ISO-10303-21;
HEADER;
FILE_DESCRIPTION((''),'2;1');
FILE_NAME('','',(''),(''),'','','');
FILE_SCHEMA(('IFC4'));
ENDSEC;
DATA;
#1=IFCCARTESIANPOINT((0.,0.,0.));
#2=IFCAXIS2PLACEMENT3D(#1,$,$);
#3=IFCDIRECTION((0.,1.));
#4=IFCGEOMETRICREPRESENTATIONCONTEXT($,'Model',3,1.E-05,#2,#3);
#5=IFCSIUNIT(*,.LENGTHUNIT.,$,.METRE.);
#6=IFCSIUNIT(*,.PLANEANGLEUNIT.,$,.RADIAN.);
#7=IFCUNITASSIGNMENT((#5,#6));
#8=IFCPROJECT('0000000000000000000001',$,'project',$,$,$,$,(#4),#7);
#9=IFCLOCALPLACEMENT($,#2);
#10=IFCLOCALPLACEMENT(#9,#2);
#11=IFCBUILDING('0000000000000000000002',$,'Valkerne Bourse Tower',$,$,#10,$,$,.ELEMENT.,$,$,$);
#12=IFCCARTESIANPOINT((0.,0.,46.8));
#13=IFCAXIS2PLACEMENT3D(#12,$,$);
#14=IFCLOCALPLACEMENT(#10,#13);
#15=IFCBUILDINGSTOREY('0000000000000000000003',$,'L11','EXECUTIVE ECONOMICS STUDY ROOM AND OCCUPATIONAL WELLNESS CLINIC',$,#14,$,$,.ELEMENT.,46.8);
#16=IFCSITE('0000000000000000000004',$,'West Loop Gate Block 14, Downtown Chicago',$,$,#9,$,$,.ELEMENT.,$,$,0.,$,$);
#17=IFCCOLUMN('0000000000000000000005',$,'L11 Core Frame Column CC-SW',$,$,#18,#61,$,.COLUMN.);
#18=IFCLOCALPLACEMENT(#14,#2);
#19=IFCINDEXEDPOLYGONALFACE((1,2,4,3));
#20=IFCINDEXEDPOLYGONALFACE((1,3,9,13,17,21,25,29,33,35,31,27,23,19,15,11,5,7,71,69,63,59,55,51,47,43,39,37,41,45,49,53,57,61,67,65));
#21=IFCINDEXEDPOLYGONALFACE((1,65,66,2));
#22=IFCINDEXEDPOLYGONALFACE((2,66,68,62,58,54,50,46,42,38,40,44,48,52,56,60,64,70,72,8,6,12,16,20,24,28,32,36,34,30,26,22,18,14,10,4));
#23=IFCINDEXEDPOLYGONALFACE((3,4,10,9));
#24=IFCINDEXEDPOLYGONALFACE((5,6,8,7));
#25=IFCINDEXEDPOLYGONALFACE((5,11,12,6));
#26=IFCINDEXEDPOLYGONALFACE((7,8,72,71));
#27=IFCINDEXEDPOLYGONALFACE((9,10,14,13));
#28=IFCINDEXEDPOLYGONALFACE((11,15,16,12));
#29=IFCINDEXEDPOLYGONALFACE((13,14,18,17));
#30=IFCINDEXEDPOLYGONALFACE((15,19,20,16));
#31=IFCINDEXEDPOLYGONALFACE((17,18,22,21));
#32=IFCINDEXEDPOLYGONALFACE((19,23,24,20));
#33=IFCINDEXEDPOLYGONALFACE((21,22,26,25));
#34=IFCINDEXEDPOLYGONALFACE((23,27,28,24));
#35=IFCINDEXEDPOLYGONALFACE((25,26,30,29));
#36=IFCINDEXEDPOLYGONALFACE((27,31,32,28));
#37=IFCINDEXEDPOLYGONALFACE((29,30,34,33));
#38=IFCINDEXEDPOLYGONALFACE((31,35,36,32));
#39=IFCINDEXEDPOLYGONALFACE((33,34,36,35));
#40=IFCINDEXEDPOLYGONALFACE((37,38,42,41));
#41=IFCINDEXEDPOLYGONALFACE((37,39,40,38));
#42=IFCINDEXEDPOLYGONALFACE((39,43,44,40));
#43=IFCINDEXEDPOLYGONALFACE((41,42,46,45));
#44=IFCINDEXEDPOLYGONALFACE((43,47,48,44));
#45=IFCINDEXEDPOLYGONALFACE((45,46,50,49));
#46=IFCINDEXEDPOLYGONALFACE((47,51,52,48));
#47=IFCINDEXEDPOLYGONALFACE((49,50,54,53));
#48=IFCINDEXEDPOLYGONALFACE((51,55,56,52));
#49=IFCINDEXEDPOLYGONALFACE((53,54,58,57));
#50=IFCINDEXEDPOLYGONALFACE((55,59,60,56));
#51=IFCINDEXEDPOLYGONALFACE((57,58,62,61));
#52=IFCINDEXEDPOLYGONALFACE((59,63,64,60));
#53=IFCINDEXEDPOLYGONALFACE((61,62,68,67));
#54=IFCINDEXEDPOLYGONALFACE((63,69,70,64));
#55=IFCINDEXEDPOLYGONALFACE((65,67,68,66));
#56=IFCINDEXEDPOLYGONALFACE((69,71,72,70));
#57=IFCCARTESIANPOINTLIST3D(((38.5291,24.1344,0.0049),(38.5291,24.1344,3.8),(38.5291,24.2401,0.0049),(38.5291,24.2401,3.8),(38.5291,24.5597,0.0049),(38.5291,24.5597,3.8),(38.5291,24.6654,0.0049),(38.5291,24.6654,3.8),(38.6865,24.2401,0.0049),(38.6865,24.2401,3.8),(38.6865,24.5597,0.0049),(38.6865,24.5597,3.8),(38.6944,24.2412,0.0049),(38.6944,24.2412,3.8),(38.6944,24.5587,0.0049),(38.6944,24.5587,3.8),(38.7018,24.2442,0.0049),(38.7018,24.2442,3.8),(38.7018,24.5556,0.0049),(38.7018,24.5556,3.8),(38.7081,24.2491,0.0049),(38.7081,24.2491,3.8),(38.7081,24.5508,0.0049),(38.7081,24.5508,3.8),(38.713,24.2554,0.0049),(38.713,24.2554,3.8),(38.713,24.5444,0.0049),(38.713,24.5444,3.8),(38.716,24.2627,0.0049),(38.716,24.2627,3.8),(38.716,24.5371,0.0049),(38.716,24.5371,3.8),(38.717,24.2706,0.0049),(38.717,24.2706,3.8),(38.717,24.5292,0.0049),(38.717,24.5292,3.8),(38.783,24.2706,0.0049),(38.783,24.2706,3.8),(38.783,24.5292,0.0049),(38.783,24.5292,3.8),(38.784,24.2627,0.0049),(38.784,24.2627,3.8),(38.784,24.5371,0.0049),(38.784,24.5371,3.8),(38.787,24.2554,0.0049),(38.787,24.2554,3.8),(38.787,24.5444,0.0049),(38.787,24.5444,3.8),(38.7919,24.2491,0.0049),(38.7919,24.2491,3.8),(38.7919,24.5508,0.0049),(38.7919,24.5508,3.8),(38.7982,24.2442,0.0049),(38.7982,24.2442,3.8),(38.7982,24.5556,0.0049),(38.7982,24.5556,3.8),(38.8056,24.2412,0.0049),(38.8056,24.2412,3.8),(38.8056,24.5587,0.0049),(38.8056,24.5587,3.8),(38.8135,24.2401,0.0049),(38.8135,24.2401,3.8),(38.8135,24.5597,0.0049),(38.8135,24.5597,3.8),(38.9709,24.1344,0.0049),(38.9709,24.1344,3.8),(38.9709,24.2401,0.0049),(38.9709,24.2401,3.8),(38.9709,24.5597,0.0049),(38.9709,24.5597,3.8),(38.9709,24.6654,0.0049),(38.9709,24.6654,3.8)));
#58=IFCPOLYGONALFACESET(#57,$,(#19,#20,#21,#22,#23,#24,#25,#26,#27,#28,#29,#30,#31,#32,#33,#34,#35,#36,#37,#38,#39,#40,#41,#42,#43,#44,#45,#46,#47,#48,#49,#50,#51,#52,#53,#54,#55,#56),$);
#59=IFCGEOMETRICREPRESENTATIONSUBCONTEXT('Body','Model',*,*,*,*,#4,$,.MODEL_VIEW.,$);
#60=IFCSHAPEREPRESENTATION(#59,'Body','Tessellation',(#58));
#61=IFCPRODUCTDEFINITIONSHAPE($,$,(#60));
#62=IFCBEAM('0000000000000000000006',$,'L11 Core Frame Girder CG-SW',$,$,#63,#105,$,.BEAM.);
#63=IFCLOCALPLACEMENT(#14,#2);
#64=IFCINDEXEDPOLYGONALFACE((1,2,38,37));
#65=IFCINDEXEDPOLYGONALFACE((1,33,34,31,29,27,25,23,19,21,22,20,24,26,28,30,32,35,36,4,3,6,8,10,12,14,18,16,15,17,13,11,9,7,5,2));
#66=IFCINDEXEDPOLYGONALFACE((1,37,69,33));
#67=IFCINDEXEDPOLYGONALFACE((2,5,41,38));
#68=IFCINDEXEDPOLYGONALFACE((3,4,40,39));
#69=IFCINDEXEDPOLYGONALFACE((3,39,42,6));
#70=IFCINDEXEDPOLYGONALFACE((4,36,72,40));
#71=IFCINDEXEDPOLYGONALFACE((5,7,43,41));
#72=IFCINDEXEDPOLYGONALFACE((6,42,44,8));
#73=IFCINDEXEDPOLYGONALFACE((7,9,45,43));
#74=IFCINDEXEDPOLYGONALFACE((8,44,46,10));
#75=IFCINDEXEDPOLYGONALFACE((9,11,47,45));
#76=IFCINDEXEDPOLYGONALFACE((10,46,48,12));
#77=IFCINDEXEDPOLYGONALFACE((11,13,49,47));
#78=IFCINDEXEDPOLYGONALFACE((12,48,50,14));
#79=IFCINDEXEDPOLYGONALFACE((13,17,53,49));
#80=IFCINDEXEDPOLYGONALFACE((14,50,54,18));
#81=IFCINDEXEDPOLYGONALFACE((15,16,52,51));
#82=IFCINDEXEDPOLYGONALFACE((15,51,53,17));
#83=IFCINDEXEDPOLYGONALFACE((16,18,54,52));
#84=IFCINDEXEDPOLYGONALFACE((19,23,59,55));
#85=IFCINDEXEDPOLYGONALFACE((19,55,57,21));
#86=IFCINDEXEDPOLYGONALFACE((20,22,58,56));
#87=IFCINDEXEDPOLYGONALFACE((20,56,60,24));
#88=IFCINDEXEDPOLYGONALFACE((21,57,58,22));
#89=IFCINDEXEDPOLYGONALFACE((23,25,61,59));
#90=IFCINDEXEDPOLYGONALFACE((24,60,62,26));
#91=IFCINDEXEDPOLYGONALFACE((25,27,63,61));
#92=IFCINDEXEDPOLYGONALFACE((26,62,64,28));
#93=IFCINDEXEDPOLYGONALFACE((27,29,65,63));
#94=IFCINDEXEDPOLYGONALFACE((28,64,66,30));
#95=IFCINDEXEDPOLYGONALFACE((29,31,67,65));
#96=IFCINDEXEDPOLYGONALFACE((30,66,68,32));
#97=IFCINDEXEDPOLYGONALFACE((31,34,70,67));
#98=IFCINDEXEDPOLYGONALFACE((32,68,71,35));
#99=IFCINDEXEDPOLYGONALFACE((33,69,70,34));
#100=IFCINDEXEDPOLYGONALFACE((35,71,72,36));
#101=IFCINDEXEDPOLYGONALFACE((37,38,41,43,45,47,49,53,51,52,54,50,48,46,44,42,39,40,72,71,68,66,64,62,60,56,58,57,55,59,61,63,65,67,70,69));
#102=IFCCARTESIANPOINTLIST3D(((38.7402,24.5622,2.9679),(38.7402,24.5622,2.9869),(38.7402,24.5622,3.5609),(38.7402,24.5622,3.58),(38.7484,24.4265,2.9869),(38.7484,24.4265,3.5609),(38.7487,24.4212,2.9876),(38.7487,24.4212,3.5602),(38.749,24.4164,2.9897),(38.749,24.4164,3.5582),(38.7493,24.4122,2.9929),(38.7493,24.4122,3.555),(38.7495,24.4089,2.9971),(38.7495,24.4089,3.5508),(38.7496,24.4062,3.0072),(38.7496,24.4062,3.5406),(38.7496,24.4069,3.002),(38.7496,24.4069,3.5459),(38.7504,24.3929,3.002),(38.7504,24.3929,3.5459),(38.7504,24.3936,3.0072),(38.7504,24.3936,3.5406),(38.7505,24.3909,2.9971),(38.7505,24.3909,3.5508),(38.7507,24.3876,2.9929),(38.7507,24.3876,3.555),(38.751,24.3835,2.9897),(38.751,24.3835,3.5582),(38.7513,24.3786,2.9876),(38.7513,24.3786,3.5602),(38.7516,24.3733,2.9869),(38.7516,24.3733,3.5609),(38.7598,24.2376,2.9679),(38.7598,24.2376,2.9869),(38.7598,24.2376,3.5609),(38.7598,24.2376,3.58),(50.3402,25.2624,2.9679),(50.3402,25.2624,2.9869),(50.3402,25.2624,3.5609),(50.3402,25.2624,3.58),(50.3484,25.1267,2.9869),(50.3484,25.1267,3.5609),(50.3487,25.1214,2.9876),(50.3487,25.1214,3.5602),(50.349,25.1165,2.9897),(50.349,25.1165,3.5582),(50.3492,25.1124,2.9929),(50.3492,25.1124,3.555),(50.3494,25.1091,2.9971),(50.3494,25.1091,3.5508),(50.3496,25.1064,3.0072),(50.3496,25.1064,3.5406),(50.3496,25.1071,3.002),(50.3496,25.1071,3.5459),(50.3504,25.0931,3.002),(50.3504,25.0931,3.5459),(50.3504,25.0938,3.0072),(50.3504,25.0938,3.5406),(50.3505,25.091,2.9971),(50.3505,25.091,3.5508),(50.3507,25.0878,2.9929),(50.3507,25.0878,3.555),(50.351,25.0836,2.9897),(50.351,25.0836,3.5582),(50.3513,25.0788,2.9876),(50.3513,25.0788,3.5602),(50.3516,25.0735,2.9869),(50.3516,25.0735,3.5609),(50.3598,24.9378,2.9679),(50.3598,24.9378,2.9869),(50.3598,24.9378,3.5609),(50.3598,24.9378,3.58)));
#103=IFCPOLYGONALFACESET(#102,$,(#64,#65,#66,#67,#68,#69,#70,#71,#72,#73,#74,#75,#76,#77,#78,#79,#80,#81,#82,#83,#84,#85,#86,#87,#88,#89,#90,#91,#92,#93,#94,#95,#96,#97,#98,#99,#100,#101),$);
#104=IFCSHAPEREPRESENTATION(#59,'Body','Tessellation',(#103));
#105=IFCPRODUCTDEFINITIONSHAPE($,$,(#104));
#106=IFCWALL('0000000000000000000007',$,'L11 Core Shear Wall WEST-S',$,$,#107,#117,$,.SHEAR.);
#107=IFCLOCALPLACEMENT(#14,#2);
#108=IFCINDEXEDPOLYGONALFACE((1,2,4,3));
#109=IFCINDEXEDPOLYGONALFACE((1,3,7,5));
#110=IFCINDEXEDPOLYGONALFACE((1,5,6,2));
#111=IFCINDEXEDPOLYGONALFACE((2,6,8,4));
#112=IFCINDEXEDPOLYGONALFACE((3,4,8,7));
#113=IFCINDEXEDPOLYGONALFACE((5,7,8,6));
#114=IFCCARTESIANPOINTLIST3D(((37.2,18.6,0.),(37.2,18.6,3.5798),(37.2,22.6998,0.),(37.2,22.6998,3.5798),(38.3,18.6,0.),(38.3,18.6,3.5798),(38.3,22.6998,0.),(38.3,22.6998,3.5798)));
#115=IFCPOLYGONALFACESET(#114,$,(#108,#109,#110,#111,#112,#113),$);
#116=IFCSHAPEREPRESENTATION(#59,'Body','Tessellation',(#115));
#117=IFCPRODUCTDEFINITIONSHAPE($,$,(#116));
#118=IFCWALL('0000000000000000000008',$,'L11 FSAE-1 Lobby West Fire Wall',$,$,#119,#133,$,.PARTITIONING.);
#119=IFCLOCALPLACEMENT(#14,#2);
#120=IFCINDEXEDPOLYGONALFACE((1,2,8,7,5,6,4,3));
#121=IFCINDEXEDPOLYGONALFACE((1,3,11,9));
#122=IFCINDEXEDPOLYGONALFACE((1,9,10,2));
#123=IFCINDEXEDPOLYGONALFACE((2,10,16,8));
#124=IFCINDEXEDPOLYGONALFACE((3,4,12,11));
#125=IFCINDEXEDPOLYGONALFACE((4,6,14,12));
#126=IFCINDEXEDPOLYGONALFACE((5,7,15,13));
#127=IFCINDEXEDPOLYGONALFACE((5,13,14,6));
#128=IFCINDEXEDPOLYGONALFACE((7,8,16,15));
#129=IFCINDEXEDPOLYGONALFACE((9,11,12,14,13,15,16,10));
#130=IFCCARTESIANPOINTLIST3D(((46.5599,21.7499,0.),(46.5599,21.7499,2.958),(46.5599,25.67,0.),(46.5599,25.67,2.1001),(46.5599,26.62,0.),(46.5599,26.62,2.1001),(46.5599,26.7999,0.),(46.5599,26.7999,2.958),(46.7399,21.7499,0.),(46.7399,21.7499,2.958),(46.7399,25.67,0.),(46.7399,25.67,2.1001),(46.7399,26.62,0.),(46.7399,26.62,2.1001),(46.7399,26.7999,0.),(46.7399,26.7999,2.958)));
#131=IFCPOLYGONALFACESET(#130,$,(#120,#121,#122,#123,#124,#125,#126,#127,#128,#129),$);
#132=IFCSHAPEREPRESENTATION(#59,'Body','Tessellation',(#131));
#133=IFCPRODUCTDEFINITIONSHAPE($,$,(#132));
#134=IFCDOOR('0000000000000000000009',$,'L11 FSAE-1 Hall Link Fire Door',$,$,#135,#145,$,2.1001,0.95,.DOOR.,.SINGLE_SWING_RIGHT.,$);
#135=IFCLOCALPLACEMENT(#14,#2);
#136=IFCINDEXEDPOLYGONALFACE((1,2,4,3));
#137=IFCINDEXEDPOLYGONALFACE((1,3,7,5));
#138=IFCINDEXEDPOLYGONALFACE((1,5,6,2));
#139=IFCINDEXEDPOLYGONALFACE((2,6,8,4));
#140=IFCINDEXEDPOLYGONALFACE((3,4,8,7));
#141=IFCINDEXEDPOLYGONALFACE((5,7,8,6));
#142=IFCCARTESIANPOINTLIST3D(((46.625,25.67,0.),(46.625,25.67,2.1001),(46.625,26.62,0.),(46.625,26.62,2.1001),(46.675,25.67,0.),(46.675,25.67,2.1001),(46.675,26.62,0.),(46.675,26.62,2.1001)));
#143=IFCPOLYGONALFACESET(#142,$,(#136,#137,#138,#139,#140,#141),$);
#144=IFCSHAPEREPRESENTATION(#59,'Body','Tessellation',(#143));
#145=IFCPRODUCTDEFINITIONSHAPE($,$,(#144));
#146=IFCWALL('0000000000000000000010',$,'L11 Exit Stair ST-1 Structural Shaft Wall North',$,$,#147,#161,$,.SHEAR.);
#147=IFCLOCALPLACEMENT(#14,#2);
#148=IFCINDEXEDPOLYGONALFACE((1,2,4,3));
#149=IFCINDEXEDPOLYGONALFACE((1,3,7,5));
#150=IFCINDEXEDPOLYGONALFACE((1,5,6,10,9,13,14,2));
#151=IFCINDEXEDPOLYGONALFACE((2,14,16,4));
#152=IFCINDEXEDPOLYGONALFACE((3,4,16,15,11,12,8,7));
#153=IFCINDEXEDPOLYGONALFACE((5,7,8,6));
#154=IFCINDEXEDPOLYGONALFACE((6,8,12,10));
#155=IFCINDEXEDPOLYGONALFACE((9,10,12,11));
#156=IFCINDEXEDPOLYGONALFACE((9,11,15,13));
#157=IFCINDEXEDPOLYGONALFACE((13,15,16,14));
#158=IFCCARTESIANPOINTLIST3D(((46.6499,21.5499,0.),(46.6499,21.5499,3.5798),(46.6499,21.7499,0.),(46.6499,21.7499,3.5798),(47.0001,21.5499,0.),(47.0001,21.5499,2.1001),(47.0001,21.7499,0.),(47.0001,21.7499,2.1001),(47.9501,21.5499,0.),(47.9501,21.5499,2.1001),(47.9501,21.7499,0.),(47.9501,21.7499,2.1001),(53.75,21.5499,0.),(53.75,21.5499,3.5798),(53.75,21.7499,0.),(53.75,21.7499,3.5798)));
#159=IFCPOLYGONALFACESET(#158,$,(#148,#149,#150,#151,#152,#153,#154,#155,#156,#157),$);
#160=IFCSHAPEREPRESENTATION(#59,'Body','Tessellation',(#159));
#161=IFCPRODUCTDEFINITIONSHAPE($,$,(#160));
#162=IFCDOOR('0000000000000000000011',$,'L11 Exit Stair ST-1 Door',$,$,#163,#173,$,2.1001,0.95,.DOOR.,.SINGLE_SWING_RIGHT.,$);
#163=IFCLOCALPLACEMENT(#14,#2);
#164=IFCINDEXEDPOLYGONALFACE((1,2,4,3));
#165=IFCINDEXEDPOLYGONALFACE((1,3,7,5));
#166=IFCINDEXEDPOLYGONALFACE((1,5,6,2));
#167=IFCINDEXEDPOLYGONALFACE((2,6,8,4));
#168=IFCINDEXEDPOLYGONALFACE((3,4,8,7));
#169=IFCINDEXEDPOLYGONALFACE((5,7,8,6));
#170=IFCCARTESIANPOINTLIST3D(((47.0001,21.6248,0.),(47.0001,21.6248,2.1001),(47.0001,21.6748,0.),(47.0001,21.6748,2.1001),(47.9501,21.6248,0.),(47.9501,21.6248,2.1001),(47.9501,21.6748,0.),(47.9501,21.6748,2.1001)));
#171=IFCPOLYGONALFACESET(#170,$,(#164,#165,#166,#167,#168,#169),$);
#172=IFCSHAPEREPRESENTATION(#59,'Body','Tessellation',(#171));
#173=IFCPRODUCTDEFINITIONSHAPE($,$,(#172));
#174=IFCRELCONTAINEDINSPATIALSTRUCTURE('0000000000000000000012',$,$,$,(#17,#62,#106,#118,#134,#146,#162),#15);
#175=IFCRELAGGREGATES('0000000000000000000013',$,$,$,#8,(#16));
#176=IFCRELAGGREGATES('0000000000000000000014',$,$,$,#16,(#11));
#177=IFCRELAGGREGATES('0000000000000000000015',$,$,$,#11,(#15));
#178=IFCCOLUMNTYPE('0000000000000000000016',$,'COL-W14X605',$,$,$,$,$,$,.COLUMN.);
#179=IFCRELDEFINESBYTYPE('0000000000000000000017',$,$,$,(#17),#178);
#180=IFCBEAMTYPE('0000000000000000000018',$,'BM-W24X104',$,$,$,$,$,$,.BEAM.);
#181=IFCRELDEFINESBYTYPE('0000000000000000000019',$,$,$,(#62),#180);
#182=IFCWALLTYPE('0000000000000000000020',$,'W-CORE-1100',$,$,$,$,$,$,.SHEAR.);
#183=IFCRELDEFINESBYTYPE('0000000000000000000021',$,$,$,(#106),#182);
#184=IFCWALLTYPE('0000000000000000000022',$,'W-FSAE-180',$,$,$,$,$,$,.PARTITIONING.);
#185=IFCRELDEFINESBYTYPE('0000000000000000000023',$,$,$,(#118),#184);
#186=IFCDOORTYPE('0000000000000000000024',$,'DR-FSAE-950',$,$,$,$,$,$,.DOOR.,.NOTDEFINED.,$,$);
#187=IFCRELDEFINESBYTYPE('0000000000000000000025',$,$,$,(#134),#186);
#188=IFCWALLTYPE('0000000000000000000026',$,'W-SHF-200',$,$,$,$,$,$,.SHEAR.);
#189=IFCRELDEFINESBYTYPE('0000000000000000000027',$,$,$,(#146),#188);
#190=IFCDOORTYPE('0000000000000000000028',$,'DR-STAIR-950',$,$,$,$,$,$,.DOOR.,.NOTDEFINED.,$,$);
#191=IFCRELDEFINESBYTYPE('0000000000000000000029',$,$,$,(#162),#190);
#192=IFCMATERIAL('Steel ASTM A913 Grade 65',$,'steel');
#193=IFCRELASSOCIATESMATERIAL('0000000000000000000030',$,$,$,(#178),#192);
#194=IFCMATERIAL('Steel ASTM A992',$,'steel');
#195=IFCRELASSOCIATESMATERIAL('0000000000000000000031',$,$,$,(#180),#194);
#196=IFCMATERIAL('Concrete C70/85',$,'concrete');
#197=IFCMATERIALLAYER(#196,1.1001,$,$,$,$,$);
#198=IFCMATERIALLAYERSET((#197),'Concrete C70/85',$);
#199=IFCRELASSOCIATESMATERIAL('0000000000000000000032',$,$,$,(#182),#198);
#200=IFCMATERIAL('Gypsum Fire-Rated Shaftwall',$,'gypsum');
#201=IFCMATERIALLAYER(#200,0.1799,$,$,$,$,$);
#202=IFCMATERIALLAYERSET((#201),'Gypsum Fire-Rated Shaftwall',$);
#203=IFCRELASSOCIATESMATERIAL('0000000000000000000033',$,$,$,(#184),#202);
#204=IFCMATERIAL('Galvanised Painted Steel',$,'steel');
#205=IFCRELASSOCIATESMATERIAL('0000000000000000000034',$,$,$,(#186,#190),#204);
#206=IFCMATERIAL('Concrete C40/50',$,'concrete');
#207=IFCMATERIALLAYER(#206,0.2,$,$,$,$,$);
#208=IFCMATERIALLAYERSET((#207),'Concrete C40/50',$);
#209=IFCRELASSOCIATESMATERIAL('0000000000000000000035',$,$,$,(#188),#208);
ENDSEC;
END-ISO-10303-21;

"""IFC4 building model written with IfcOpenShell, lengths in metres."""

from ifc_helpers import new_model, si_unit, direction, frame, frame_2d, origin, origin_2d, place, context, subcontext, project, spatial, rectangle, i_section, extrude, material, layer, layer_set, material_profile, profile_set, type_object, element, fill, save


model = new_model("IFC4")

# Units and contexts
model_context = context("Model", 3, precision=1e-05, world=origin(), true_north=direction((0.0, 1.0)))
body_context = subcontext(model_context, "Body", "Model", "MODEL_VIEW")
ifc_project = project(units=[si_unit("LENGTHUNIT", "METRE"), si_unit("PLANEANGLEUNIT", "RADIAN")], contexts=[model_context])

# Site, building, storey
site_placement = place(None, origin())
site = spatial("IfcSite", under=ifc_project, at=site_placement, Name="West Loop Gate Block 14, Downtown Chicago", CompositionType="ELEMENT", RefElevation=0.0)
building_placement = place(site_placement, origin())
building = spatial("IfcBuilding", under=site, at=building_placement, Name="Valkerne Bourse Tower", CompositionType="ELEMENT")
storey_placement = place(building_placement, frame((0.0, 0.0, 46.8)))
storey = spatial("IfcBuildingStorey", under=building, at=storey_placement, Name="L11", Description="EXECUTIVE ECONOMICS STUDY ROOM AND OCCUPATIONAL WELLNESS CLINIC", CompositionType="ELEMENT", Elevation=46.8)

# Column
ifc_material_1 = material(Name="Steel ASTM A913 Grade 65", Category="steel")
ifc_material_profile_1 = material_profile(ifc_material_1, i_section(OverallWidth=0.4419, OverallDepth=0.531, WebThickness=0.0659, FlangeThickness=0.1057, FilletRadius=0.0305, at=origin_2d()), Name="W14X605")
ifc_profile_set_1 = profile_set([ifc_material_profile_1], Name="Steel ASTM A913 Grade 65")
column_type = type_object("IfcColumnType", Name="COL-W14X605", PredefinedType="COLUMN", material=ifc_profile_set_1)
column_placement = place(storey_placement, frame((38.75, 24.3999, 0.0049), z_axis=(0.0, 0.0, 1.0), x_axis=(1.0, 0.0, 0.0)))
element("IfcColumn", 1, at=column_placement, inside=storey, type_object=column_type, Name="L11 Core Frame Column CC-SW", PredefinedType="COLUMN", context=body_context, shape_type="SweptSolid", body=[
    extrude(i_section(OverallWidth=0.4419, OverallDepth=0.531, WebThickness=0.0659, FlangeThickness=0.1057, FilletRadius=0.0305, at=origin_2d()), origin(), (0.0, 0.0, 1.0), 3.7952),
])

# Beam
ifc_material_2 = material(Name="Steel ASTM A992", Category="steel")
ifc_material_profile_2 = material_profile(ifc_material_2, i_section(OverallWidth=0.3252, OverallDepth=0.6121, WebThickness=0.0127, FlangeThickness=0.019, FilletRadius=0.0203, at=origin_2d()), Name="W24X104")
ifc_profile_set_2 = profile_set([ifc_material_profile_2], Name="Steel ASTM A992")
beam_type = type_object("IfcBeamType", Name="BM-W24X104", PredefinedType="BEAM", material=ifc_profile_set_2)
beam_placement = place(storey_placement, frame((38.75, 24.3999, 3.2739), z_axis=(0.998183, 0.060251, 0.0), x_axis=(-0.060251, 0.998183, 0.0)))
element("IfcBeam", 2, at=beam_placement, inside=storey, type_object=beam_type, Name="L11 Core Frame Girder CG-SW", PredefinedType="BEAM", context=body_context, shape_type="SweptSolid", body=[
    extrude(i_section(OverallWidth=0.3252, OverallDepth=0.6121, WebThickness=0.0127, FlangeThickness=0.019, FilletRadius=0.0203, at=origin_2d()), origin(), (0.0, 0.0, 1.0), 11.6211),
])

# Shared definitions
ifc_material_3 = material(Name="Concrete C70/85", Category="concrete")
ifc_layer_1 = layer(ifc_material_3, 1.1001)
ifc_layer_set_1 = layer_set([ifc_layer_1], Name="Concrete C70/85")
wall_type_1 = type_object("IfcWallType", Name="W-CORE-1100", PredefinedType="SHEAR", material=ifc_layer_set_1)
ifc_material_4 = material(Name="Galvanised Painted Steel", Category="steel")

# Wall
wall_1_placement = place(storey_placement, frame((37.75, 18.6001, 0.0), z_axis=(0.0, 0.0, 1.0), x_axis=(0.0, 1.0, 0.0)))
element("IfcWall", 3, at=wall_1_placement, inside=storey, type_object=wall_type_1, Name="L11 Core Shear Wall WEST-S", PredefinedType="SHEAR", context=body_context, shape_type="SweptSolid", body=[
    extrude(rectangle(XDim=4.0999, YDim=1.1001, at=frame_2d((2.0498, 0.0))), origin(), (0.0, 0.0, 1.0), 3.5798),
])

# Wall, opening, door
ifc_material_5 = material(Name="Gypsum Fire-Rated Shaftwall", Category="gypsum")
ifc_layer_2 = layer(ifc_material_5, 0.1799)
ifc_layer_set_2 = layer_set([ifc_layer_2], Name="Gypsum Fire-Rated Shaftwall")
wall_type_2 = type_object("IfcWallType", Name="W-FSAE-180", PredefinedType="PARTITIONING", material=ifc_layer_set_2)
wall_2_placement = place(storey_placement, frame((46.6499, 21.75, 0.0), z_axis=(0.0, 0.0, 1.0), x_axis=(0.0, 1.0, 0.0)))
wall_2 = element("IfcWall", 4, at=wall_2_placement, inside=storey, type_object=wall_type_2, Name="L11 FSAE-1 Lobby West Fire Wall", PredefinedType="PARTITIONING", context=body_context, shape_type="SweptSolid", body=[
    extrude(rectangle(XDim=5.05, YDim=0.1799, at=frame_2d((2.5249, 0.0))), origin(), (0.0, 0.0, 1.0), 2.958),
])
opening_1_placement = place(wall_2_placement, frame((3.9199, 0.0, 0.0)))
opening_1 = element("IfcOpeningElement", 5, at=opening_1_placement, cuts=wall_2, PredefinedType="OPENING", context=body_context, shape_type="SweptSolid", body=[
    extrude(rectangle(XDim=0.95, YDim=2.1001, at=frame_2d((0.4751, 1.05))), frame((0.0, 0.0999, 0.0), z_axis=(0.0, -1.0, 0.0), x_axis=(1.0, 0.0, 0.0)), (0.0, 0.0, 1.0), 0.2),
])
door_type_1 = type_object("IfcDoorType", Name="DR-FSAE-950", OperationType="NOTDEFINED", PredefinedType="DOOR", material=ifc_material_4)
door_1_placement = place(opening_1_placement, origin())
door_1 = element("IfcDoor", 6, at=door_1_placement, inside=storey, type_object=door_type_1, Name="L11 FSAE-1 Hall Link Fire Door", OperationType="SINGLE_SWING_RIGHT", OverallHeight=2.1001, OverallWidth=0.95, PredefinedType="DOOR", context=body_context, shape_type="SweptSolid", body=[
    extrude(rectangle(XDim=0.95, YDim=2.1001, at=frame_2d((0.4751, 1.05))), frame((0.0, 0.0249, 0.0), z_axis=(0.0, -1.0, 0.0), x_axis=(1.0, 0.0, 0.0)), (0.0, 0.0, 1.0), 0.05),
])
fill(opening_1, door_1)

# Wall, opening, door
ifc_material_6 = material(Name="Concrete C40/50", Category="concrete")
ifc_layer_3 = layer(ifc_material_6, 0.2)
ifc_layer_set_3 = layer_set([ifc_layer_3], Name="Concrete C40/50")
wall_type_3 = type_object("IfcWallType", Name="W-SHF-200", PredefinedType="SHEAR", material=ifc_layer_set_3)
wall_3_placement = place(storey_placement, frame((46.6499, 21.6499, 0.0), z_axis=(0.0, 0.0, 1.0), x_axis=(1.0, 0.0, 0.0)))
wall_3 = element("IfcWall", 7, at=wall_3_placement, inside=storey, type_object=wall_type_3, Name="L11 Exit Stair ST-1 Structural Shaft Wall North", PredefinedType="SHEAR", context=body_context, shape_type="SweptSolid", body=[
    extrude(rectangle(XDim=7.1001, YDim=0.2, at=frame_2d((3.55, 0.0))), origin(), (0.0, 0.0, 1.0), 3.5798),
])
opening_2_placement = place(wall_3_placement, frame((0.3501, 0.0, 0.0)))
opening_2 = element("IfcOpeningElement", 8, at=opening_2_placement, cuts=wall_3, PredefinedType="OPENING", context=body_context, shape_type="SweptSolid", body=[
    extrude(rectangle(XDim=0.95, YDim=2.1001, at=frame_2d((0.4751, 1.05))), frame((0.0, 0.1099, 0.0), z_axis=(0.0, -1.0, 0.0), x_axis=(1.0, 0.0, 0.0)), (0.0, 0.0, 1.0), 0.22),
])
door_type_2 = type_object("IfcDoorType", Name="DR-STAIR-950", OperationType="NOTDEFINED", PredefinedType="DOOR", material=ifc_material_4)
door_2_placement = place(opening_2_placement, origin())
door_2 = element("IfcDoor", 9, at=door_2_placement, inside=storey, type_object=door_type_2, Name="L11 Exit Stair ST-1 Door", OperationType="SINGLE_SWING_RIGHT", OverallHeight=2.1001, OverallWidth=0.95, PredefinedType="DOOR", context=body_context, shape_type="SweptSolid", body=[
    extrude(rectangle(XDim=0.95, YDim=2.1001, at=frame_2d((0.4751, 1.05))), frame((0.0, 0.0249, 0.0), z_axis=(0.0, -1.0, 0.0), x_axis=(1.0, 0.0, 0.0)), (0.0, 0.0, 1.0), 0.05),
])
fill(opening_2, door_2)

save(model, "model.ifc")
